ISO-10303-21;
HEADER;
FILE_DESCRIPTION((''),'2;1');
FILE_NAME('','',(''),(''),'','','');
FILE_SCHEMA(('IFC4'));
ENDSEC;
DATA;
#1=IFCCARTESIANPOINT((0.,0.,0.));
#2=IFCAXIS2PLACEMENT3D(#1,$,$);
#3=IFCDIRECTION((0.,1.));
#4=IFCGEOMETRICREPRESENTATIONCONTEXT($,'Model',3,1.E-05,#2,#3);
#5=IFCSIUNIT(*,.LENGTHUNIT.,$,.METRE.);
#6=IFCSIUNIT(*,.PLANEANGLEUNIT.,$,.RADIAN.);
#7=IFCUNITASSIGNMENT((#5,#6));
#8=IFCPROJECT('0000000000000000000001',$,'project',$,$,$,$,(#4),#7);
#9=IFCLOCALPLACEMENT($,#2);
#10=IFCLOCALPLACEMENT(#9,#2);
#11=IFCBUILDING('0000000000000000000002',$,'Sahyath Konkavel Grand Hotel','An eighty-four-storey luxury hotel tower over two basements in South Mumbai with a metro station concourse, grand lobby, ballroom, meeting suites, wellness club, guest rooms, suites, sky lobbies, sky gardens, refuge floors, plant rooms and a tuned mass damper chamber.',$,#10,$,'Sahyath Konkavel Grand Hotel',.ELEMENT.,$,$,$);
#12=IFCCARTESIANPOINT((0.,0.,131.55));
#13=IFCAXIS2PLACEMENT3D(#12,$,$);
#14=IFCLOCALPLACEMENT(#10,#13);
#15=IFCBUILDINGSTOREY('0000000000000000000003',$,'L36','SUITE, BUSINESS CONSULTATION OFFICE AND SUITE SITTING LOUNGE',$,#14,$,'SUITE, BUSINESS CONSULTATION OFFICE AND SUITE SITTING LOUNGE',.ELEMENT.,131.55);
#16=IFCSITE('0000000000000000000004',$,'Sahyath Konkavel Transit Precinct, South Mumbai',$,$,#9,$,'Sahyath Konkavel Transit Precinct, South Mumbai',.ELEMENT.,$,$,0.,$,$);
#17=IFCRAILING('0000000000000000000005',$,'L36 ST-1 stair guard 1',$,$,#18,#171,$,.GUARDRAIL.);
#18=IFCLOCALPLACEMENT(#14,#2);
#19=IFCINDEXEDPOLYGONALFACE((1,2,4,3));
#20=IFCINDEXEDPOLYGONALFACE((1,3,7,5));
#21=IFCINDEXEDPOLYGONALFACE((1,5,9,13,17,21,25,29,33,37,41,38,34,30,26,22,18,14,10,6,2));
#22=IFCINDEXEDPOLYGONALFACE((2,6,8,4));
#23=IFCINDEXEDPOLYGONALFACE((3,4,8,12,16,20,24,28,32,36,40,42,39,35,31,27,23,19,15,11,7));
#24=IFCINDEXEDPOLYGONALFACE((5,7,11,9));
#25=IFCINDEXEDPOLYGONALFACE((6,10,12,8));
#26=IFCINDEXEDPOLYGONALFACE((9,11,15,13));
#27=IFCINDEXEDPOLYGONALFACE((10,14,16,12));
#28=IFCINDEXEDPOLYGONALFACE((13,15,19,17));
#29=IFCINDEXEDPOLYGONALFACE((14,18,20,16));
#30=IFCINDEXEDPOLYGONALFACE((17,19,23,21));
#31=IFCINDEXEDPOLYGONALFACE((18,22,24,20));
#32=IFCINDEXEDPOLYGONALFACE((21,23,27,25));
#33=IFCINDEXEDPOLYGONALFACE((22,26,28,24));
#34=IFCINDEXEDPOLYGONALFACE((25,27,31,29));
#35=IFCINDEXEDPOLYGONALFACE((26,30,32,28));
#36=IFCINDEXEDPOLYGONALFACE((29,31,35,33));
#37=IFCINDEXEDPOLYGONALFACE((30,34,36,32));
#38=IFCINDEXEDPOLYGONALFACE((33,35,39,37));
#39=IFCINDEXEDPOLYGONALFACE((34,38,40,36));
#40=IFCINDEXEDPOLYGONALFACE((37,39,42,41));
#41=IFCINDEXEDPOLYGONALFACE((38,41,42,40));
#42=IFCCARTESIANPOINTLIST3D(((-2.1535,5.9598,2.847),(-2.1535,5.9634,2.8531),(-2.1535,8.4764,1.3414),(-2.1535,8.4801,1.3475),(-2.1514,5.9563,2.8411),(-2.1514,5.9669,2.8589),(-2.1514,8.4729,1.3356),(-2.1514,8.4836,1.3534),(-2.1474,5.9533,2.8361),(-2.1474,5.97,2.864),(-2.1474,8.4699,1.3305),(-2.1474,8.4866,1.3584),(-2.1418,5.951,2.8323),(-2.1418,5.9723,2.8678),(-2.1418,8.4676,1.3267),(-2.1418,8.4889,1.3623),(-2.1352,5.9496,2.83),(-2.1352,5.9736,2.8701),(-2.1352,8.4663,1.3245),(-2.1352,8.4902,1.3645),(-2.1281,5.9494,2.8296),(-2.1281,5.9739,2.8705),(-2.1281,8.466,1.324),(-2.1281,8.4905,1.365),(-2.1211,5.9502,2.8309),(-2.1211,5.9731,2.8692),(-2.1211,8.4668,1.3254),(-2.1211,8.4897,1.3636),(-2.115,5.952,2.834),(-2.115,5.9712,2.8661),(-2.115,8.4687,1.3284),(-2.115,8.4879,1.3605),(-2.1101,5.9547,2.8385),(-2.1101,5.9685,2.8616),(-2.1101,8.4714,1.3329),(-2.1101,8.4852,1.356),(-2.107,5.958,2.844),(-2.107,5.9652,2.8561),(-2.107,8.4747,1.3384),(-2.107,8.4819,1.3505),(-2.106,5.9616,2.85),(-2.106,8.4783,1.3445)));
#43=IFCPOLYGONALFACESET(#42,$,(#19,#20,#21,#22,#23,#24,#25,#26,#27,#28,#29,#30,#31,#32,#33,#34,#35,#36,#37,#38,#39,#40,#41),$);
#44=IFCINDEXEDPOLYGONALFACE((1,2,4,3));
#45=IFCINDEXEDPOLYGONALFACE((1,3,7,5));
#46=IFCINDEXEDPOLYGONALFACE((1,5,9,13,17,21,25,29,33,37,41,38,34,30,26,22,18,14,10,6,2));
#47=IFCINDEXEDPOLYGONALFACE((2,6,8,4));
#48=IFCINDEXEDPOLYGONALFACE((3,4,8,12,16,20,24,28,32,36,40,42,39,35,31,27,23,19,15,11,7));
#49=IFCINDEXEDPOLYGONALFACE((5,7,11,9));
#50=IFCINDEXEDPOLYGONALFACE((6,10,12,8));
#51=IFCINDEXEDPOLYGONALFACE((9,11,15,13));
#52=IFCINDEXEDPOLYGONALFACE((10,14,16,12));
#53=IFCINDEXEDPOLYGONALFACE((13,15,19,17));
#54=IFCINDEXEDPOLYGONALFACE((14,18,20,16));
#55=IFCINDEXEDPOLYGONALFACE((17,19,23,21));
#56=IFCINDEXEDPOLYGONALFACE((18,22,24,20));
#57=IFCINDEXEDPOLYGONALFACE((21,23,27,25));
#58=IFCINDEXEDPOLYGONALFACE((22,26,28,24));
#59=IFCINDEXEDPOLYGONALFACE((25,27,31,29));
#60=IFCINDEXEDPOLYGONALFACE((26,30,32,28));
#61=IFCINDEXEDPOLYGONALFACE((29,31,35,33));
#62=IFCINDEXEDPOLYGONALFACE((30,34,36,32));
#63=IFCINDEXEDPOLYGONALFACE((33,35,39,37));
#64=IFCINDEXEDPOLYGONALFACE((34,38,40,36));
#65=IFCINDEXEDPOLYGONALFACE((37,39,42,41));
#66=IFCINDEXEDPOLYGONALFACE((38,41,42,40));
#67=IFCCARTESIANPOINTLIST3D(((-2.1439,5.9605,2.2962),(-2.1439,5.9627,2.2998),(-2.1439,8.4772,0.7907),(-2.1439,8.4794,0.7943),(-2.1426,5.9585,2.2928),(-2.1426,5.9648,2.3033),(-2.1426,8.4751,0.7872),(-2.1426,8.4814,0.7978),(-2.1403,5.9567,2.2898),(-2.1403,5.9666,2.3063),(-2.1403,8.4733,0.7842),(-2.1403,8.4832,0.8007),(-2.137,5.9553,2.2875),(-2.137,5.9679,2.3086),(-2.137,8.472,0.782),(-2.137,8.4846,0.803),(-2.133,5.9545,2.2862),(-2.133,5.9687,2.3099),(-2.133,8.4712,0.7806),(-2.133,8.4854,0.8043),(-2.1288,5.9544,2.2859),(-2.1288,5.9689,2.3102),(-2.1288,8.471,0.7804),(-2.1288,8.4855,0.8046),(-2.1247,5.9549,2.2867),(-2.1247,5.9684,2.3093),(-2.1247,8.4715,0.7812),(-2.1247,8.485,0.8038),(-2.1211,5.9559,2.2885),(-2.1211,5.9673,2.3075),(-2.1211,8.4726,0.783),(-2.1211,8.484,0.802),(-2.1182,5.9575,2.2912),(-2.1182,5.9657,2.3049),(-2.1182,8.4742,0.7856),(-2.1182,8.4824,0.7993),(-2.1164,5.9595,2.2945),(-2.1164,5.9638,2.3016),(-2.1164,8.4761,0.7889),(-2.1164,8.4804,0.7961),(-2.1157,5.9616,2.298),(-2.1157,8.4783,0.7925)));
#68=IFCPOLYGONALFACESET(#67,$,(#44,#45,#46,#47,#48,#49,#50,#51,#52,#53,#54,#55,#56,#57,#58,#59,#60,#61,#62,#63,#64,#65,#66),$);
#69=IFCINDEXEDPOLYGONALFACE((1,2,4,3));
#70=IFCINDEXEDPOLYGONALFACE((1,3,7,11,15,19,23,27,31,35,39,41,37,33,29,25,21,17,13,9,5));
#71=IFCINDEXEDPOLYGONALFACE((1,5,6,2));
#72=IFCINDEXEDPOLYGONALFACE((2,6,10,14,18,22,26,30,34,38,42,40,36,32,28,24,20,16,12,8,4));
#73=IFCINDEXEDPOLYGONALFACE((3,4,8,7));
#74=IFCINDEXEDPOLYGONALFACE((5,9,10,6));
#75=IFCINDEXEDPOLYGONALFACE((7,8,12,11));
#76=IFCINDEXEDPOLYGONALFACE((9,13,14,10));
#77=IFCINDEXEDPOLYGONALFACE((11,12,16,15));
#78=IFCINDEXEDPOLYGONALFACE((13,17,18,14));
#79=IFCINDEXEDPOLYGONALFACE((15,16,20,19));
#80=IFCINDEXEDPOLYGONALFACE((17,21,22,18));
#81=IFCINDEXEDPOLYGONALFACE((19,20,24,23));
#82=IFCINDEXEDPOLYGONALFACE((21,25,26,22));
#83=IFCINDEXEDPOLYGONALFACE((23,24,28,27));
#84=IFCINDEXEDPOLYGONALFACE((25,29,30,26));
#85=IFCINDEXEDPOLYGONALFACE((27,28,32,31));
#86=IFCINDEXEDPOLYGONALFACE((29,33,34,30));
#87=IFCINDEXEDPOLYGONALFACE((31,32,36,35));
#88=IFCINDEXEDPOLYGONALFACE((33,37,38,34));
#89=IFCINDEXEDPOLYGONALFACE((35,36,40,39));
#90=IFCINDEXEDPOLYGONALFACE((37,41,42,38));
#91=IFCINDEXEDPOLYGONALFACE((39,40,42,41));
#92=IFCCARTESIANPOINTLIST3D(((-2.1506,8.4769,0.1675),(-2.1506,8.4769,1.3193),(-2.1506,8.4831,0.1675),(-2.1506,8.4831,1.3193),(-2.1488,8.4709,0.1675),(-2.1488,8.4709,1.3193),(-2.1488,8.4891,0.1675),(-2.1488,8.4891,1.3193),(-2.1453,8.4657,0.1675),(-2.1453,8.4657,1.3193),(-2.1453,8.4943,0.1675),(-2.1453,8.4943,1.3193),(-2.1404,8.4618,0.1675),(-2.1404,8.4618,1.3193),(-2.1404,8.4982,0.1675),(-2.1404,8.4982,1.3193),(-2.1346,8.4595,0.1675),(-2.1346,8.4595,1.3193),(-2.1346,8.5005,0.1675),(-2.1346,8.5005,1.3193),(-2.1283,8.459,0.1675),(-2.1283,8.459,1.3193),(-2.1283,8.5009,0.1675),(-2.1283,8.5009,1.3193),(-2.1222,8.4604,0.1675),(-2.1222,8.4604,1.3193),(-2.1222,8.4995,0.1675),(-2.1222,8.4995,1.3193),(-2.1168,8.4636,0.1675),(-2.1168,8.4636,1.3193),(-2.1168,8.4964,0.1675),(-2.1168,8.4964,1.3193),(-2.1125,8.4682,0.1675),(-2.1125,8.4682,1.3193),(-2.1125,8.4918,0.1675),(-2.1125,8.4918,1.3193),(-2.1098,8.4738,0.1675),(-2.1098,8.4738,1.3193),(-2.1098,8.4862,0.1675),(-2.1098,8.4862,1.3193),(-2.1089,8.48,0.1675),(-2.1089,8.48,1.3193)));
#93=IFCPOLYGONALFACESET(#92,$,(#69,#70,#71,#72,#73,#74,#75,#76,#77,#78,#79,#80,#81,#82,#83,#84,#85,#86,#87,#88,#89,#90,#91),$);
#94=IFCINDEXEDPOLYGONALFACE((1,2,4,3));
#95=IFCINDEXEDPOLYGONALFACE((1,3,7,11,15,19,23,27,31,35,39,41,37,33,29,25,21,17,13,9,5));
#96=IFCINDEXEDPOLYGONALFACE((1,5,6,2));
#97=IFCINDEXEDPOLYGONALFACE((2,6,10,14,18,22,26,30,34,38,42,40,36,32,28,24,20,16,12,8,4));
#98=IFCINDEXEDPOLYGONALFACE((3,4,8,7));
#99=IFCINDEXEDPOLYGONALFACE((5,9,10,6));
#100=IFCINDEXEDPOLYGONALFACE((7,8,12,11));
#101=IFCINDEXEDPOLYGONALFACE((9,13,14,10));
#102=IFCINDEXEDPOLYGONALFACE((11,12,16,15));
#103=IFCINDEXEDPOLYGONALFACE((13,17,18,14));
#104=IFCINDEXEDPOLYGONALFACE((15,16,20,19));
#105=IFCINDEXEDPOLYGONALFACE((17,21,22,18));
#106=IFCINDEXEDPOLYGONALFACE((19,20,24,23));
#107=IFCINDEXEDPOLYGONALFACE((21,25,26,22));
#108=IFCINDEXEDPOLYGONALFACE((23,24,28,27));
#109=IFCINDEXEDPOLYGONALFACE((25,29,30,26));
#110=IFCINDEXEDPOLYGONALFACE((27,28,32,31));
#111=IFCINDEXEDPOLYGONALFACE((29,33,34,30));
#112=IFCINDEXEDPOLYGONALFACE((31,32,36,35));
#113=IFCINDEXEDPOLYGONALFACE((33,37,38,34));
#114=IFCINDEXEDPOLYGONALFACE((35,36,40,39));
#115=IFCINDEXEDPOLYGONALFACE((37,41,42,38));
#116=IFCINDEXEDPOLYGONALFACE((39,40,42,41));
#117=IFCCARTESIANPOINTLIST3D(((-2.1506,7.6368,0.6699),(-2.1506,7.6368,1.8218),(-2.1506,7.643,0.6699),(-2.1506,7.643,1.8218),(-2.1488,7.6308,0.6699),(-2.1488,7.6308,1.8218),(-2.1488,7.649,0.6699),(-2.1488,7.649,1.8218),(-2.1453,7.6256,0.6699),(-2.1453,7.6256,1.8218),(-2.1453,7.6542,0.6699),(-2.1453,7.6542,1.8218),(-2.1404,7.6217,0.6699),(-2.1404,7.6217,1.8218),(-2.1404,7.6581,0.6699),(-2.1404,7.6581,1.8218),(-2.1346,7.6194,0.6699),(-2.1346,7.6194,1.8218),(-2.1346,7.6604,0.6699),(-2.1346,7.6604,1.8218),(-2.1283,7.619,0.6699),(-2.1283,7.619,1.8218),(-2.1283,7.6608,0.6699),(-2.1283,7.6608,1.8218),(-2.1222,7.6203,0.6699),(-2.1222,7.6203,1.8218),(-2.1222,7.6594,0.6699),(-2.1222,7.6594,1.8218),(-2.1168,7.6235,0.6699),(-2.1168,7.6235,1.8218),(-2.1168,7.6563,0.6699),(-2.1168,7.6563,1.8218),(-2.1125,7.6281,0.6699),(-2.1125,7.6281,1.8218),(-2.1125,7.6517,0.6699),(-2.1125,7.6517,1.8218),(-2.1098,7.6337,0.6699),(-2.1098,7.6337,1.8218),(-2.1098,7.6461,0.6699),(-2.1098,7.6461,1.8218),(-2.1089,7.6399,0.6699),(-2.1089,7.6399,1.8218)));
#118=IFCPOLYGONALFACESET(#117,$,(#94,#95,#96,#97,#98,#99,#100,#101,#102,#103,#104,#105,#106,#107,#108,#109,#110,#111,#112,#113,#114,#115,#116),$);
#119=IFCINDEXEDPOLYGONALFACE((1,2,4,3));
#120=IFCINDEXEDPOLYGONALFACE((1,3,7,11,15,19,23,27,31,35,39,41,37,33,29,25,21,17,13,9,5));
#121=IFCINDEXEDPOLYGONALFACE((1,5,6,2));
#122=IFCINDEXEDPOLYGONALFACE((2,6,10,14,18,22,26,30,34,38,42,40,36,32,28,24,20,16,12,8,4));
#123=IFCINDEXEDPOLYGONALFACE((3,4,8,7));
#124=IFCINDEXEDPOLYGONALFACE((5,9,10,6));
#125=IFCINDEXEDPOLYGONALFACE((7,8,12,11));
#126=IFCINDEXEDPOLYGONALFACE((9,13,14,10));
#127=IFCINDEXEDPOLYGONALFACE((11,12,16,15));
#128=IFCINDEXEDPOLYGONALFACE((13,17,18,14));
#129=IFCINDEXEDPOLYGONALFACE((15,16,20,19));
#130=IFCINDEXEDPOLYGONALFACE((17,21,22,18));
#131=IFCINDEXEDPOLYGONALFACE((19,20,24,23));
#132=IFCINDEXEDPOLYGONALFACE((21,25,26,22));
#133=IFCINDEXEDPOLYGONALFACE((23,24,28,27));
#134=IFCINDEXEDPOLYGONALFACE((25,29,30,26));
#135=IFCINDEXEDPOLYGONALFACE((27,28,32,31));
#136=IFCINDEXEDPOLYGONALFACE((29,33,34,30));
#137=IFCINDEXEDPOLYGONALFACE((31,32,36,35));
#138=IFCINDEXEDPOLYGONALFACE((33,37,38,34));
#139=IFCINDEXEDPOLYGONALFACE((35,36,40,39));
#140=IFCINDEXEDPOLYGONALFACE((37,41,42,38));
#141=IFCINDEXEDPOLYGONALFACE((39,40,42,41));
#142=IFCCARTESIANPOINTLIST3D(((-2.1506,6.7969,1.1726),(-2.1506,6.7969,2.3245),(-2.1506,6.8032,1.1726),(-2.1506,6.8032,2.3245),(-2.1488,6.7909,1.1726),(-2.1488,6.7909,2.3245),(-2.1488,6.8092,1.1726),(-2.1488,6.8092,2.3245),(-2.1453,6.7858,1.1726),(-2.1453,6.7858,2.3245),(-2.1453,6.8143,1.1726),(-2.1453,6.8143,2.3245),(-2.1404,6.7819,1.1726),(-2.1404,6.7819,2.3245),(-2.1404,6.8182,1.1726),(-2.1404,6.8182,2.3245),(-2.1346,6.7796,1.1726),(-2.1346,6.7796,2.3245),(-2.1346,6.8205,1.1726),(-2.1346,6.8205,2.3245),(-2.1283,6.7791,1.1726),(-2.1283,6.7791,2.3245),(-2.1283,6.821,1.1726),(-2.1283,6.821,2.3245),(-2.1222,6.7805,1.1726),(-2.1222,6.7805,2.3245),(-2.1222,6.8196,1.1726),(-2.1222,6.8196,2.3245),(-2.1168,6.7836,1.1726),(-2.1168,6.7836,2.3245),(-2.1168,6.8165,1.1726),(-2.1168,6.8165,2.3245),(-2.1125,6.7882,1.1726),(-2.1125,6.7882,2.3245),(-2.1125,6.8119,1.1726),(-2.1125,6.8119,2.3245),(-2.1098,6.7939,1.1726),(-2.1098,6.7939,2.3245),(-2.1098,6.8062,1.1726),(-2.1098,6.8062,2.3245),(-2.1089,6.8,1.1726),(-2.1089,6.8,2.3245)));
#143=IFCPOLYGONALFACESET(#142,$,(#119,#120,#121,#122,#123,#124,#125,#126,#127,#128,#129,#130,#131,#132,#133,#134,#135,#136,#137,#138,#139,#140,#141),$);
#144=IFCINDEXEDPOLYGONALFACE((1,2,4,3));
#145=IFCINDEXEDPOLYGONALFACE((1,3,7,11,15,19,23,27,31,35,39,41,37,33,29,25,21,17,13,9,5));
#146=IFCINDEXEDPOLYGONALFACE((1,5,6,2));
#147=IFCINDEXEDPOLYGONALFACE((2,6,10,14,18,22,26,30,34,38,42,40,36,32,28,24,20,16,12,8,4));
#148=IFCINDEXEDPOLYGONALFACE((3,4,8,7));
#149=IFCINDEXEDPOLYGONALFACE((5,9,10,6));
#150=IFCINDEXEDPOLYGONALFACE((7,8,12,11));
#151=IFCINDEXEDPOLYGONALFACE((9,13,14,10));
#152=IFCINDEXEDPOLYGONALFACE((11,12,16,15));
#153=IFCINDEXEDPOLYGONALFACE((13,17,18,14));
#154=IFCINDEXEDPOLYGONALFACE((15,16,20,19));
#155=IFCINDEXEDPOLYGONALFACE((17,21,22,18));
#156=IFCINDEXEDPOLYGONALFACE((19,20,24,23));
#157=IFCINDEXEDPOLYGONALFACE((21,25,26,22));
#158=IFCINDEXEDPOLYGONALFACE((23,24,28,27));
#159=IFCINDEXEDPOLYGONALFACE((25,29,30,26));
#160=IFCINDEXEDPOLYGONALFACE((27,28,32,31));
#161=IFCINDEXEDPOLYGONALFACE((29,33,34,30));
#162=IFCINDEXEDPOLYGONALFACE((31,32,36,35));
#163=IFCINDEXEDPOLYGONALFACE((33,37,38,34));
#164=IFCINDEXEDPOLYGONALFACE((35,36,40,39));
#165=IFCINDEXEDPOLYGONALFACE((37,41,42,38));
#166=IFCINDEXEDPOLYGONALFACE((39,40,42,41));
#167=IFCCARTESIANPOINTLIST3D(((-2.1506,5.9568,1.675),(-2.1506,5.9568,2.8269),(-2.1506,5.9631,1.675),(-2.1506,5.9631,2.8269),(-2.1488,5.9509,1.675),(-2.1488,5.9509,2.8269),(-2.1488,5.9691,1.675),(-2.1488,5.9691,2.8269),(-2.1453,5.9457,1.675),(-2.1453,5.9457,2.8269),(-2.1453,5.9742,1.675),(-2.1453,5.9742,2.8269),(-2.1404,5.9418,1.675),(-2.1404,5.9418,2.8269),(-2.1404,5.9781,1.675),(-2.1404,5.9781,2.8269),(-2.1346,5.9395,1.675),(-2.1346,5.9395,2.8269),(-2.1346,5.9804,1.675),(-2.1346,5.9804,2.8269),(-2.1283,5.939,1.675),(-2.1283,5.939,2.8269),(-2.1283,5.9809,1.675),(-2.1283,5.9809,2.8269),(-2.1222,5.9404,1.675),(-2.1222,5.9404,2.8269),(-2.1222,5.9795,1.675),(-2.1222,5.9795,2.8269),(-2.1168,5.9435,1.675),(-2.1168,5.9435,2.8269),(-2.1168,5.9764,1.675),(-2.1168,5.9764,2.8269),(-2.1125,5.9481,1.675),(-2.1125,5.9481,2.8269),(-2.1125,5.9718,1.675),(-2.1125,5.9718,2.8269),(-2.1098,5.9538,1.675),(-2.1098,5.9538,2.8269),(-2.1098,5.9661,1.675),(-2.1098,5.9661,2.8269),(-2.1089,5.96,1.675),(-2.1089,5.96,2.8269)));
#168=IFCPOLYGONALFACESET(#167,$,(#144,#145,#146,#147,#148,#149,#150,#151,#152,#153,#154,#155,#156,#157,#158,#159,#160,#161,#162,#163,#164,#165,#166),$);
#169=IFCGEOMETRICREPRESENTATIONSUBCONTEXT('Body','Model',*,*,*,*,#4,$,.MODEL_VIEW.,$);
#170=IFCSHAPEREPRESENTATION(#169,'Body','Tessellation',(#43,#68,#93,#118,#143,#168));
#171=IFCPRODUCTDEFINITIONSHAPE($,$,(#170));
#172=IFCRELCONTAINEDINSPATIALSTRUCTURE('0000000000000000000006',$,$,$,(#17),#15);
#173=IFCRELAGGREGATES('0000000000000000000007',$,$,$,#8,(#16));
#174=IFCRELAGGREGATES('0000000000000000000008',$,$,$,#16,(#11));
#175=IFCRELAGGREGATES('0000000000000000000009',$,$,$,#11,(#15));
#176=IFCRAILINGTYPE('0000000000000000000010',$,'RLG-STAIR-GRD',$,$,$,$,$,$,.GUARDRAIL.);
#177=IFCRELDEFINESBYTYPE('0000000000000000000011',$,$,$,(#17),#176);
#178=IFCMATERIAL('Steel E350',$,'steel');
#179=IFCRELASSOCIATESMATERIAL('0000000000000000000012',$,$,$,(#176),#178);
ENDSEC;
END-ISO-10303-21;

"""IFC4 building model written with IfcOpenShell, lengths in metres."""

from ifc_helpers import new_model, si_unit, direction, frame, origin, origin_2d, place, context, subcontext, project, spatial, circle, extrude, material, type_object, element, save


model = new_model("IFC4")

# Units and contexts
model_context = context("Model", 3, precision=1e-05, world=origin(), true_north=direction((0.0, 1.0)))
body_context = subcontext(model_context, "Body", "Model", "MODEL_VIEW")
ifc_project = project(units=[si_unit("LENGTHUNIT", "METRE"), si_unit("PLANEANGLEUNIT", "RADIAN")], contexts=[model_context])

# Site, building, storey
site_placement = place(None, origin())
site = spatial("IfcSite", under=ifc_project, at=site_placement, Name="Sahyath Konkavel Transit Precinct, South Mumbai", LongName="Sahyath Konkavel Transit Precinct, South Mumbai", CompositionType="ELEMENT", RefElevation=0.0)
building_placement = place(site_placement, origin())
building = spatial("IfcBuilding", under=site, at=building_placement, Name="Sahyath Konkavel Grand Hotel", Description="An eighty-four-storey luxury hotel tower over two basements in South Mumbai with a metro station concourse, grand lobby, ballroom, meeting suites, wellness club, guest rooms, suites, sky lobbies, sky gardens, refuge floors, plant rooms and a tuned mass damper chamber.", LongName="Sahyath Konkavel Grand Hotel", CompositionType="ELEMENT")
storey_placement = place(building_placement, frame((0.0, 0.0, 131.55)))
storey = spatial("IfcBuildingStorey", under=building, at=storey_placement, Name="L36", Description="SUITE, BUSINESS CONSULTATION OFFICE AND SUITE SITTING LOUNGE", LongName="SUITE, BUSINESS CONSULTATION OFFICE AND SUITE SITTING LOUNGE", CompositionType="ELEMENT", Elevation=131.55)

# Shared definitions
ifc_material_1 = material(Name="Steel E350", Category="steel")

# Railing
railing_type_1 = type_object("IfcRailingType", Name="RLG-STAIR-GRD", PredefinedType="GUARDRAIL", material=ifc_material_1)
railing_1_placement = place(storey_placement, frame((-2.1299, 8.48, 0.1675)))
element("IfcRailing", 1, at=railing_1_placement, inside=storey, type_object=railing_type_1, Name="L36 ST-1 stair guard 1", PredefinedType="GUARDRAIL", context=body_context, shape_type="SweptSolid", body=[
    extrude(circle(Radius=0.0239, at=origin_2d()), frame((0.0, -0.0017, 1.177), z_axis=(0.0, -0.85816, 0.513383), x_axis=(1.0, 0.0, 0.0)), (0.0, 0.0, 1.0), 2.9326),
    extrude(circle(Radius=0.0142, at=origin_2d()), frame((0.0, -0.0017, 0.625), z_axis=(0.0, -0.85816, 0.513383), x_axis=(1.0, 0.0, 0.0)), (0.0, 0.0, 1.0), 2.9326),
    extrude(circle(Radius=0.021, at=origin_2d()), origin(), (0.0, 0.0, 1.0), 1.1519),
    extrude(circle(Radius=0.021, at=origin_2d()), frame((0.0, -0.8401, 0.5024)), (0.0, 0.0, 1.0), 1.1519),
    extrude(circle(Radius=0.021, at=origin_2d()), frame((0.0, -1.6799, 1.0051)), (0.0, 0.0, 1.0), 1.1519),
    extrude(circle(Radius=0.021, at=origin_2d()), frame((0.0, -2.52, 1.5076)), (0.0, 0.0, 1.0), 1.1519),
])

save(model, "model.ifc")
